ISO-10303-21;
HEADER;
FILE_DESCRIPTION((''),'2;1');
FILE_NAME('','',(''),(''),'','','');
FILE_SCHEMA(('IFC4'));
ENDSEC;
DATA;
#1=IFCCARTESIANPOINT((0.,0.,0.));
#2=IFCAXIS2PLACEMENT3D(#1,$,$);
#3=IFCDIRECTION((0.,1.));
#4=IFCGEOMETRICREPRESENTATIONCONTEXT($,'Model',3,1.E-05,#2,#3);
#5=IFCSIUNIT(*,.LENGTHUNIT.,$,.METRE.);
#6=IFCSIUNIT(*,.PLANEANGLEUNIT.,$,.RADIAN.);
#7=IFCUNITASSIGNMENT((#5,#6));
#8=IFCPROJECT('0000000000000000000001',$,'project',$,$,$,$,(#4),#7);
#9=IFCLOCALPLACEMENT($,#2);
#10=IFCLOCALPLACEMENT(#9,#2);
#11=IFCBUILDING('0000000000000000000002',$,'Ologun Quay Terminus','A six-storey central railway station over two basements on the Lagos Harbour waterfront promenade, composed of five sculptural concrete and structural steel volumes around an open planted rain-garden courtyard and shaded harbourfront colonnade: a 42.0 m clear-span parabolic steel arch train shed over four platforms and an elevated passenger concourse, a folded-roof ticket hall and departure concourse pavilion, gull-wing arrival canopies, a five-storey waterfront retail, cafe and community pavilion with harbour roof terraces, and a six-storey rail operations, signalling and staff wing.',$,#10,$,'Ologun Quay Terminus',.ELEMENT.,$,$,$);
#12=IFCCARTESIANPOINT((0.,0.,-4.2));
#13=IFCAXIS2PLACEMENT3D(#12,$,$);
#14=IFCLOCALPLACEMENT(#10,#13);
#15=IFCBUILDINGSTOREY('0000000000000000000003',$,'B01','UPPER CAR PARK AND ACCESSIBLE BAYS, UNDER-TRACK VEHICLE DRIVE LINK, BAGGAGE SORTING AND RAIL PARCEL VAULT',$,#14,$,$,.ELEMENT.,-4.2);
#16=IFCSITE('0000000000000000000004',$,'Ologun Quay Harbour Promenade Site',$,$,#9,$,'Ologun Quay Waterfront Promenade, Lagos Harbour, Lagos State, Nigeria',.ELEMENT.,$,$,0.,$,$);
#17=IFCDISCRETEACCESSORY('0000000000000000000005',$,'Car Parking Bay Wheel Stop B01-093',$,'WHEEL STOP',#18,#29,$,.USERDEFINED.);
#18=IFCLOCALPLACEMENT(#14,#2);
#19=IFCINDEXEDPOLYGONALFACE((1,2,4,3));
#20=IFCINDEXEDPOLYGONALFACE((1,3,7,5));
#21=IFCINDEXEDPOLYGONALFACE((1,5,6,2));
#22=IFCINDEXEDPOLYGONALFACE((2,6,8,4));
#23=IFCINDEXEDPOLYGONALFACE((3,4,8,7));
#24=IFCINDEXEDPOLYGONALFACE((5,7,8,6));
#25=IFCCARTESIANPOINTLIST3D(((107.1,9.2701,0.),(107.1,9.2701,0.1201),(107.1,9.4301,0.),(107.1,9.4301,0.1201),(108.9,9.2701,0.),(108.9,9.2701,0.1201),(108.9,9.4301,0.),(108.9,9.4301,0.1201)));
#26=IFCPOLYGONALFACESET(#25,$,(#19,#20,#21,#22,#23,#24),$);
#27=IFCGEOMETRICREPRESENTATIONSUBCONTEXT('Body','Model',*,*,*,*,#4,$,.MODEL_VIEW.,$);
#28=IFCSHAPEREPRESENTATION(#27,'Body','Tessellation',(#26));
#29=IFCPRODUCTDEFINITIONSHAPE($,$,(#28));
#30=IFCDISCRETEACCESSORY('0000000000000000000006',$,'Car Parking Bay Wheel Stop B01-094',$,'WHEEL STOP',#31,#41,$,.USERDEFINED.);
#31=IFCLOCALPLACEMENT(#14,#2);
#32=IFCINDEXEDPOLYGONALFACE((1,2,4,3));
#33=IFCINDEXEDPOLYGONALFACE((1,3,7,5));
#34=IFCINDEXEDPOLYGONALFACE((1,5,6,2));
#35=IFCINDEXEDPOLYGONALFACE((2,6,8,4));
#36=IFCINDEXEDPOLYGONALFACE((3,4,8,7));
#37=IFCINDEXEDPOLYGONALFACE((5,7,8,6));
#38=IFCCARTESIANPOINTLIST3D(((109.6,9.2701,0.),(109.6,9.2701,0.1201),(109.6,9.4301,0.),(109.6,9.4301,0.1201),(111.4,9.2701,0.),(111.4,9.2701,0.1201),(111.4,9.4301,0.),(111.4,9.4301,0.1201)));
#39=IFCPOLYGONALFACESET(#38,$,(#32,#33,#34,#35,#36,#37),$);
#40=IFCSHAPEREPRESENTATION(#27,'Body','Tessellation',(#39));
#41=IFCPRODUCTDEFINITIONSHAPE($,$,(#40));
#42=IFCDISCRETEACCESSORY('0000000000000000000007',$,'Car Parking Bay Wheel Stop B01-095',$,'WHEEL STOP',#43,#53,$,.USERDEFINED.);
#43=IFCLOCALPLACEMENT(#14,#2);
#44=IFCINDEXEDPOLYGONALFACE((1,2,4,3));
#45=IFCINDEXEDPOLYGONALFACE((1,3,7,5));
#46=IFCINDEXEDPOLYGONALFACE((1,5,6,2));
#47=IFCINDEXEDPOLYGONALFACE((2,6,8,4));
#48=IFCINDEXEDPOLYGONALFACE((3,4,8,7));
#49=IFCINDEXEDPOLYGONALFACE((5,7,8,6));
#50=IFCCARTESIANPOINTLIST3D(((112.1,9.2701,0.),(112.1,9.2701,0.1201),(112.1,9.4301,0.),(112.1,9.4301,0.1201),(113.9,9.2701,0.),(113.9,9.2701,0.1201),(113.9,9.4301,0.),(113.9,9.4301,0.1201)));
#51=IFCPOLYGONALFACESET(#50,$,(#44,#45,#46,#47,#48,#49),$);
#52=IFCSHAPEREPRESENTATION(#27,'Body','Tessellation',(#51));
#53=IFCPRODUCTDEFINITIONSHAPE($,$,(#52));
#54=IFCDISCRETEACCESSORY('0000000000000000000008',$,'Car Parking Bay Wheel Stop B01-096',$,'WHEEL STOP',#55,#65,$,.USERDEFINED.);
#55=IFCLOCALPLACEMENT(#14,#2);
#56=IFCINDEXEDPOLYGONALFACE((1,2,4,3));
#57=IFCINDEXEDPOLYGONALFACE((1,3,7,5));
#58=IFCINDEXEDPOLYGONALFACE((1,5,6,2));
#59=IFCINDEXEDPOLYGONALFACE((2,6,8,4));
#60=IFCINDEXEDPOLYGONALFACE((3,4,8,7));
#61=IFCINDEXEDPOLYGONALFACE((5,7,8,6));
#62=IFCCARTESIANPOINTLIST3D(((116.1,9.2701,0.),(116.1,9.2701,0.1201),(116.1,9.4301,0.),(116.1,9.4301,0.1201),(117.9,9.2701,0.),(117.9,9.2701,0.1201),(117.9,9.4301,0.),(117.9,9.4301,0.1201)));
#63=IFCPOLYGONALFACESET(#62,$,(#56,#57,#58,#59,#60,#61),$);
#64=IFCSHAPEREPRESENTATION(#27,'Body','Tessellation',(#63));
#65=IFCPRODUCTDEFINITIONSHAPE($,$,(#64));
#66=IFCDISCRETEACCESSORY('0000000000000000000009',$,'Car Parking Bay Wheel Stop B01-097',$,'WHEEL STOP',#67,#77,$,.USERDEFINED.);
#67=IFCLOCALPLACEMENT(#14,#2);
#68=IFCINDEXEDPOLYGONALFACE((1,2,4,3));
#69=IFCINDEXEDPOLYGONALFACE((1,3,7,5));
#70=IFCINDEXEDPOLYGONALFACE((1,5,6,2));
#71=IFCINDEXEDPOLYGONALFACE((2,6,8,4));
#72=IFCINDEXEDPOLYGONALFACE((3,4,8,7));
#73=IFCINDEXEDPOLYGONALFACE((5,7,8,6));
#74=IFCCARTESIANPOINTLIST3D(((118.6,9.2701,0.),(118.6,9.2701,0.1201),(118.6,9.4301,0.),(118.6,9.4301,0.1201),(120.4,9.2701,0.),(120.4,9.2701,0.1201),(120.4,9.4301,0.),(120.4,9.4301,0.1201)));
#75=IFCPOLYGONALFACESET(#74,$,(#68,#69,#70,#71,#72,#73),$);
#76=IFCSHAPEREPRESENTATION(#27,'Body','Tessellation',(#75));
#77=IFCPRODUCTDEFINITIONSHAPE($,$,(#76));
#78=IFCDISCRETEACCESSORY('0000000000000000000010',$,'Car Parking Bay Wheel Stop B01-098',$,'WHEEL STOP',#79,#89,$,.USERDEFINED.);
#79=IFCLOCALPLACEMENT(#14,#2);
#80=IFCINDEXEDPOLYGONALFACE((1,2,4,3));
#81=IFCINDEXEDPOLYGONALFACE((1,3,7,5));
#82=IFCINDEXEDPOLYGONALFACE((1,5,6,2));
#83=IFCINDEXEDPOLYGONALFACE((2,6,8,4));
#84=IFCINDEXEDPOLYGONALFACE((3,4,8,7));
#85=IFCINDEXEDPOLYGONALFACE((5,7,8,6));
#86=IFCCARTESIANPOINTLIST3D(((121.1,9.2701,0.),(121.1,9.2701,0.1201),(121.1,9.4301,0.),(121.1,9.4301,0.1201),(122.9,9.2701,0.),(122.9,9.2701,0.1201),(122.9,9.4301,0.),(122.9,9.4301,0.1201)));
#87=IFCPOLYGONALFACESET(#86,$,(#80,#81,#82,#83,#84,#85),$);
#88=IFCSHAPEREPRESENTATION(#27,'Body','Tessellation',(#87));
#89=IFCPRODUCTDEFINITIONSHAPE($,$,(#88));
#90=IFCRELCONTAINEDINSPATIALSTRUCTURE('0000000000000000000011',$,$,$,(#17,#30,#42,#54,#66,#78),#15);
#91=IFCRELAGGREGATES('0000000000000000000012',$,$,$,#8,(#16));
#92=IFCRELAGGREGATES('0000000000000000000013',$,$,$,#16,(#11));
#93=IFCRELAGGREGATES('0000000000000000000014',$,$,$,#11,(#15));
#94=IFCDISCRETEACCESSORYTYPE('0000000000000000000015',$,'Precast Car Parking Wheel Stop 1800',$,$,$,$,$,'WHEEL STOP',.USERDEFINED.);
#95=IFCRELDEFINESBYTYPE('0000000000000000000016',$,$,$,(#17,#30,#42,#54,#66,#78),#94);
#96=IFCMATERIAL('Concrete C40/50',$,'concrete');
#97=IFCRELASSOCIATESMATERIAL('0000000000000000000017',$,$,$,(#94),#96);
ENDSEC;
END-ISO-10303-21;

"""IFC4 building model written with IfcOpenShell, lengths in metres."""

from ifc_helpers import new_model, si_unit, direction, frame, origin, origin_2d, place, context, subcontext, project, spatial, rectangle, extrude, material, type_object, element, save


model = new_model("IFC4")

# Units and contexts
model_context = context("Model", 3, precision=1e-05, world=origin(), true_north=direction((0.0, 1.0)))
body_context = subcontext(model_context, "Body", "Model", "MODEL_VIEW")
ifc_project = project(units=[si_unit("LENGTHUNIT", "METRE"), si_unit("PLANEANGLEUNIT", "RADIAN")], contexts=[model_context])

# Site, building, storey
site_placement = place(None, origin())
site = spatial("IfcSite", under=ifc_project, at=site_placement, Name="Ologun Quay Harbour Promenade Site", LongName="Ologun Quay Waterfront Promenade, Lagos Harbour, Lagos State, Nigeria", CompositionType="ELEMENT", RefElevation=0.0)
building_placement = place(site_placement, origin())
building = spatial("IfcBuilding", under=site, at=building_placement, Name="Ologun Quay Terminus", Description="A six-storey central railway station over two basements on the Lagos Harbour waterfront promenade, composed of five sculptural concrete and structural steel volumes around an open planted rain-garden courtyard and shaded harbourfront colonnade: a 42.0 m clear-span parabolic steel arch train shed over four platforms and an elevated passenger concourse, a folded-roof ticket hall and departure concourse pavilion, gull-wing arrival canopies, a five-storey waterfront retail, cafe and community pavilion with harbour roof terraces, and a six-storey rail operations, signalling and staff wing.", LongName="Ologun Quay Terminus", CompositionType="ELEMENT")
storey_placement = place(building_placement, frame((0.0, 0.0, -4.2)))
storey = spatial("IfcBuildingStorey", under=building, at=storey_placement, Name="B01", Description="UPPER CAR PARK AND ACCESSIBLE BAYS, UNDER-TRACK VEHICLE DRIVE LINK, BAGGAGE SORTING AND RAIL PARCEL VAULT", CompositionType="ELEMENT", Elevation=-4.2)

# Discrete accessories
ifc_material_1 = material(Name="Concrete C40/50", Category="concrete")
discrete_accessory_type = type_object("IfcDiscreteAccessoryType", Name="Precast Car Parking Wheel Stop 1800", ElementType="WHEEL STOP", PredefinedType="USERDEFINED", material=ifc_material_1)
for number, where, z_axis, x_axis, name in (
    (1, (108.0, 9.3501, 0.0), (0.0, 0.0, 1.0), (1.0, 0.0, 0.0), "Car Parking Bay Wheel Stop B01-093"),
    (2, (110.5, 9.3501, 0.0), (0.0, 0.0, 1.0), (1.0, 0.0, 0.0), "Car Parking Bay Wheel Stop B01-094"),
    (3, (113.0, 9.3501, 0.0), (0.0, 0.0, 1.0), (1.0, 0.0, 0.0), "Car Parking Bay Wheel Stop B01-095"),
    (4, (117.0, 9.3501, 0.0), (0.0, 0.0, 1.0), (1.0, 0.0, 0.0), "Car Parking Bay Wheel Stop B01-096"),
    (5, (119.5, 9.3501, 0.0), (0.0, 0.0, 1.0), (1.0, 0.0, 0.0), "Car Parking Bay Wheel Stop B01-097"),
    (6, (122.0, 9.3501, 0.0), (0.0, 0.0, 1.0), (1.0, 0.0, 0.0), "Car Parking Bay Wheel Stop B01-098"),
):
    element("IfcDiscreteAccessory", number, at=place(storey_placement, frame(where, z_axis=z_axis, x_axis=x_axis)), inside=storey, type_object=discrete_accessory_type, Name=name, ObjectType="WHEEL STOP", PredefinedType="USERDEFINED", context=body_context, shape_type="SweptSolid", body=[
        extrude(rectangle(XDim=1.8, YDim=0.1599, at=origin_2d()), origin(), (0.0, 0.0, 1.0), 0.1201),
    ])

save(model, "model.ifc")
